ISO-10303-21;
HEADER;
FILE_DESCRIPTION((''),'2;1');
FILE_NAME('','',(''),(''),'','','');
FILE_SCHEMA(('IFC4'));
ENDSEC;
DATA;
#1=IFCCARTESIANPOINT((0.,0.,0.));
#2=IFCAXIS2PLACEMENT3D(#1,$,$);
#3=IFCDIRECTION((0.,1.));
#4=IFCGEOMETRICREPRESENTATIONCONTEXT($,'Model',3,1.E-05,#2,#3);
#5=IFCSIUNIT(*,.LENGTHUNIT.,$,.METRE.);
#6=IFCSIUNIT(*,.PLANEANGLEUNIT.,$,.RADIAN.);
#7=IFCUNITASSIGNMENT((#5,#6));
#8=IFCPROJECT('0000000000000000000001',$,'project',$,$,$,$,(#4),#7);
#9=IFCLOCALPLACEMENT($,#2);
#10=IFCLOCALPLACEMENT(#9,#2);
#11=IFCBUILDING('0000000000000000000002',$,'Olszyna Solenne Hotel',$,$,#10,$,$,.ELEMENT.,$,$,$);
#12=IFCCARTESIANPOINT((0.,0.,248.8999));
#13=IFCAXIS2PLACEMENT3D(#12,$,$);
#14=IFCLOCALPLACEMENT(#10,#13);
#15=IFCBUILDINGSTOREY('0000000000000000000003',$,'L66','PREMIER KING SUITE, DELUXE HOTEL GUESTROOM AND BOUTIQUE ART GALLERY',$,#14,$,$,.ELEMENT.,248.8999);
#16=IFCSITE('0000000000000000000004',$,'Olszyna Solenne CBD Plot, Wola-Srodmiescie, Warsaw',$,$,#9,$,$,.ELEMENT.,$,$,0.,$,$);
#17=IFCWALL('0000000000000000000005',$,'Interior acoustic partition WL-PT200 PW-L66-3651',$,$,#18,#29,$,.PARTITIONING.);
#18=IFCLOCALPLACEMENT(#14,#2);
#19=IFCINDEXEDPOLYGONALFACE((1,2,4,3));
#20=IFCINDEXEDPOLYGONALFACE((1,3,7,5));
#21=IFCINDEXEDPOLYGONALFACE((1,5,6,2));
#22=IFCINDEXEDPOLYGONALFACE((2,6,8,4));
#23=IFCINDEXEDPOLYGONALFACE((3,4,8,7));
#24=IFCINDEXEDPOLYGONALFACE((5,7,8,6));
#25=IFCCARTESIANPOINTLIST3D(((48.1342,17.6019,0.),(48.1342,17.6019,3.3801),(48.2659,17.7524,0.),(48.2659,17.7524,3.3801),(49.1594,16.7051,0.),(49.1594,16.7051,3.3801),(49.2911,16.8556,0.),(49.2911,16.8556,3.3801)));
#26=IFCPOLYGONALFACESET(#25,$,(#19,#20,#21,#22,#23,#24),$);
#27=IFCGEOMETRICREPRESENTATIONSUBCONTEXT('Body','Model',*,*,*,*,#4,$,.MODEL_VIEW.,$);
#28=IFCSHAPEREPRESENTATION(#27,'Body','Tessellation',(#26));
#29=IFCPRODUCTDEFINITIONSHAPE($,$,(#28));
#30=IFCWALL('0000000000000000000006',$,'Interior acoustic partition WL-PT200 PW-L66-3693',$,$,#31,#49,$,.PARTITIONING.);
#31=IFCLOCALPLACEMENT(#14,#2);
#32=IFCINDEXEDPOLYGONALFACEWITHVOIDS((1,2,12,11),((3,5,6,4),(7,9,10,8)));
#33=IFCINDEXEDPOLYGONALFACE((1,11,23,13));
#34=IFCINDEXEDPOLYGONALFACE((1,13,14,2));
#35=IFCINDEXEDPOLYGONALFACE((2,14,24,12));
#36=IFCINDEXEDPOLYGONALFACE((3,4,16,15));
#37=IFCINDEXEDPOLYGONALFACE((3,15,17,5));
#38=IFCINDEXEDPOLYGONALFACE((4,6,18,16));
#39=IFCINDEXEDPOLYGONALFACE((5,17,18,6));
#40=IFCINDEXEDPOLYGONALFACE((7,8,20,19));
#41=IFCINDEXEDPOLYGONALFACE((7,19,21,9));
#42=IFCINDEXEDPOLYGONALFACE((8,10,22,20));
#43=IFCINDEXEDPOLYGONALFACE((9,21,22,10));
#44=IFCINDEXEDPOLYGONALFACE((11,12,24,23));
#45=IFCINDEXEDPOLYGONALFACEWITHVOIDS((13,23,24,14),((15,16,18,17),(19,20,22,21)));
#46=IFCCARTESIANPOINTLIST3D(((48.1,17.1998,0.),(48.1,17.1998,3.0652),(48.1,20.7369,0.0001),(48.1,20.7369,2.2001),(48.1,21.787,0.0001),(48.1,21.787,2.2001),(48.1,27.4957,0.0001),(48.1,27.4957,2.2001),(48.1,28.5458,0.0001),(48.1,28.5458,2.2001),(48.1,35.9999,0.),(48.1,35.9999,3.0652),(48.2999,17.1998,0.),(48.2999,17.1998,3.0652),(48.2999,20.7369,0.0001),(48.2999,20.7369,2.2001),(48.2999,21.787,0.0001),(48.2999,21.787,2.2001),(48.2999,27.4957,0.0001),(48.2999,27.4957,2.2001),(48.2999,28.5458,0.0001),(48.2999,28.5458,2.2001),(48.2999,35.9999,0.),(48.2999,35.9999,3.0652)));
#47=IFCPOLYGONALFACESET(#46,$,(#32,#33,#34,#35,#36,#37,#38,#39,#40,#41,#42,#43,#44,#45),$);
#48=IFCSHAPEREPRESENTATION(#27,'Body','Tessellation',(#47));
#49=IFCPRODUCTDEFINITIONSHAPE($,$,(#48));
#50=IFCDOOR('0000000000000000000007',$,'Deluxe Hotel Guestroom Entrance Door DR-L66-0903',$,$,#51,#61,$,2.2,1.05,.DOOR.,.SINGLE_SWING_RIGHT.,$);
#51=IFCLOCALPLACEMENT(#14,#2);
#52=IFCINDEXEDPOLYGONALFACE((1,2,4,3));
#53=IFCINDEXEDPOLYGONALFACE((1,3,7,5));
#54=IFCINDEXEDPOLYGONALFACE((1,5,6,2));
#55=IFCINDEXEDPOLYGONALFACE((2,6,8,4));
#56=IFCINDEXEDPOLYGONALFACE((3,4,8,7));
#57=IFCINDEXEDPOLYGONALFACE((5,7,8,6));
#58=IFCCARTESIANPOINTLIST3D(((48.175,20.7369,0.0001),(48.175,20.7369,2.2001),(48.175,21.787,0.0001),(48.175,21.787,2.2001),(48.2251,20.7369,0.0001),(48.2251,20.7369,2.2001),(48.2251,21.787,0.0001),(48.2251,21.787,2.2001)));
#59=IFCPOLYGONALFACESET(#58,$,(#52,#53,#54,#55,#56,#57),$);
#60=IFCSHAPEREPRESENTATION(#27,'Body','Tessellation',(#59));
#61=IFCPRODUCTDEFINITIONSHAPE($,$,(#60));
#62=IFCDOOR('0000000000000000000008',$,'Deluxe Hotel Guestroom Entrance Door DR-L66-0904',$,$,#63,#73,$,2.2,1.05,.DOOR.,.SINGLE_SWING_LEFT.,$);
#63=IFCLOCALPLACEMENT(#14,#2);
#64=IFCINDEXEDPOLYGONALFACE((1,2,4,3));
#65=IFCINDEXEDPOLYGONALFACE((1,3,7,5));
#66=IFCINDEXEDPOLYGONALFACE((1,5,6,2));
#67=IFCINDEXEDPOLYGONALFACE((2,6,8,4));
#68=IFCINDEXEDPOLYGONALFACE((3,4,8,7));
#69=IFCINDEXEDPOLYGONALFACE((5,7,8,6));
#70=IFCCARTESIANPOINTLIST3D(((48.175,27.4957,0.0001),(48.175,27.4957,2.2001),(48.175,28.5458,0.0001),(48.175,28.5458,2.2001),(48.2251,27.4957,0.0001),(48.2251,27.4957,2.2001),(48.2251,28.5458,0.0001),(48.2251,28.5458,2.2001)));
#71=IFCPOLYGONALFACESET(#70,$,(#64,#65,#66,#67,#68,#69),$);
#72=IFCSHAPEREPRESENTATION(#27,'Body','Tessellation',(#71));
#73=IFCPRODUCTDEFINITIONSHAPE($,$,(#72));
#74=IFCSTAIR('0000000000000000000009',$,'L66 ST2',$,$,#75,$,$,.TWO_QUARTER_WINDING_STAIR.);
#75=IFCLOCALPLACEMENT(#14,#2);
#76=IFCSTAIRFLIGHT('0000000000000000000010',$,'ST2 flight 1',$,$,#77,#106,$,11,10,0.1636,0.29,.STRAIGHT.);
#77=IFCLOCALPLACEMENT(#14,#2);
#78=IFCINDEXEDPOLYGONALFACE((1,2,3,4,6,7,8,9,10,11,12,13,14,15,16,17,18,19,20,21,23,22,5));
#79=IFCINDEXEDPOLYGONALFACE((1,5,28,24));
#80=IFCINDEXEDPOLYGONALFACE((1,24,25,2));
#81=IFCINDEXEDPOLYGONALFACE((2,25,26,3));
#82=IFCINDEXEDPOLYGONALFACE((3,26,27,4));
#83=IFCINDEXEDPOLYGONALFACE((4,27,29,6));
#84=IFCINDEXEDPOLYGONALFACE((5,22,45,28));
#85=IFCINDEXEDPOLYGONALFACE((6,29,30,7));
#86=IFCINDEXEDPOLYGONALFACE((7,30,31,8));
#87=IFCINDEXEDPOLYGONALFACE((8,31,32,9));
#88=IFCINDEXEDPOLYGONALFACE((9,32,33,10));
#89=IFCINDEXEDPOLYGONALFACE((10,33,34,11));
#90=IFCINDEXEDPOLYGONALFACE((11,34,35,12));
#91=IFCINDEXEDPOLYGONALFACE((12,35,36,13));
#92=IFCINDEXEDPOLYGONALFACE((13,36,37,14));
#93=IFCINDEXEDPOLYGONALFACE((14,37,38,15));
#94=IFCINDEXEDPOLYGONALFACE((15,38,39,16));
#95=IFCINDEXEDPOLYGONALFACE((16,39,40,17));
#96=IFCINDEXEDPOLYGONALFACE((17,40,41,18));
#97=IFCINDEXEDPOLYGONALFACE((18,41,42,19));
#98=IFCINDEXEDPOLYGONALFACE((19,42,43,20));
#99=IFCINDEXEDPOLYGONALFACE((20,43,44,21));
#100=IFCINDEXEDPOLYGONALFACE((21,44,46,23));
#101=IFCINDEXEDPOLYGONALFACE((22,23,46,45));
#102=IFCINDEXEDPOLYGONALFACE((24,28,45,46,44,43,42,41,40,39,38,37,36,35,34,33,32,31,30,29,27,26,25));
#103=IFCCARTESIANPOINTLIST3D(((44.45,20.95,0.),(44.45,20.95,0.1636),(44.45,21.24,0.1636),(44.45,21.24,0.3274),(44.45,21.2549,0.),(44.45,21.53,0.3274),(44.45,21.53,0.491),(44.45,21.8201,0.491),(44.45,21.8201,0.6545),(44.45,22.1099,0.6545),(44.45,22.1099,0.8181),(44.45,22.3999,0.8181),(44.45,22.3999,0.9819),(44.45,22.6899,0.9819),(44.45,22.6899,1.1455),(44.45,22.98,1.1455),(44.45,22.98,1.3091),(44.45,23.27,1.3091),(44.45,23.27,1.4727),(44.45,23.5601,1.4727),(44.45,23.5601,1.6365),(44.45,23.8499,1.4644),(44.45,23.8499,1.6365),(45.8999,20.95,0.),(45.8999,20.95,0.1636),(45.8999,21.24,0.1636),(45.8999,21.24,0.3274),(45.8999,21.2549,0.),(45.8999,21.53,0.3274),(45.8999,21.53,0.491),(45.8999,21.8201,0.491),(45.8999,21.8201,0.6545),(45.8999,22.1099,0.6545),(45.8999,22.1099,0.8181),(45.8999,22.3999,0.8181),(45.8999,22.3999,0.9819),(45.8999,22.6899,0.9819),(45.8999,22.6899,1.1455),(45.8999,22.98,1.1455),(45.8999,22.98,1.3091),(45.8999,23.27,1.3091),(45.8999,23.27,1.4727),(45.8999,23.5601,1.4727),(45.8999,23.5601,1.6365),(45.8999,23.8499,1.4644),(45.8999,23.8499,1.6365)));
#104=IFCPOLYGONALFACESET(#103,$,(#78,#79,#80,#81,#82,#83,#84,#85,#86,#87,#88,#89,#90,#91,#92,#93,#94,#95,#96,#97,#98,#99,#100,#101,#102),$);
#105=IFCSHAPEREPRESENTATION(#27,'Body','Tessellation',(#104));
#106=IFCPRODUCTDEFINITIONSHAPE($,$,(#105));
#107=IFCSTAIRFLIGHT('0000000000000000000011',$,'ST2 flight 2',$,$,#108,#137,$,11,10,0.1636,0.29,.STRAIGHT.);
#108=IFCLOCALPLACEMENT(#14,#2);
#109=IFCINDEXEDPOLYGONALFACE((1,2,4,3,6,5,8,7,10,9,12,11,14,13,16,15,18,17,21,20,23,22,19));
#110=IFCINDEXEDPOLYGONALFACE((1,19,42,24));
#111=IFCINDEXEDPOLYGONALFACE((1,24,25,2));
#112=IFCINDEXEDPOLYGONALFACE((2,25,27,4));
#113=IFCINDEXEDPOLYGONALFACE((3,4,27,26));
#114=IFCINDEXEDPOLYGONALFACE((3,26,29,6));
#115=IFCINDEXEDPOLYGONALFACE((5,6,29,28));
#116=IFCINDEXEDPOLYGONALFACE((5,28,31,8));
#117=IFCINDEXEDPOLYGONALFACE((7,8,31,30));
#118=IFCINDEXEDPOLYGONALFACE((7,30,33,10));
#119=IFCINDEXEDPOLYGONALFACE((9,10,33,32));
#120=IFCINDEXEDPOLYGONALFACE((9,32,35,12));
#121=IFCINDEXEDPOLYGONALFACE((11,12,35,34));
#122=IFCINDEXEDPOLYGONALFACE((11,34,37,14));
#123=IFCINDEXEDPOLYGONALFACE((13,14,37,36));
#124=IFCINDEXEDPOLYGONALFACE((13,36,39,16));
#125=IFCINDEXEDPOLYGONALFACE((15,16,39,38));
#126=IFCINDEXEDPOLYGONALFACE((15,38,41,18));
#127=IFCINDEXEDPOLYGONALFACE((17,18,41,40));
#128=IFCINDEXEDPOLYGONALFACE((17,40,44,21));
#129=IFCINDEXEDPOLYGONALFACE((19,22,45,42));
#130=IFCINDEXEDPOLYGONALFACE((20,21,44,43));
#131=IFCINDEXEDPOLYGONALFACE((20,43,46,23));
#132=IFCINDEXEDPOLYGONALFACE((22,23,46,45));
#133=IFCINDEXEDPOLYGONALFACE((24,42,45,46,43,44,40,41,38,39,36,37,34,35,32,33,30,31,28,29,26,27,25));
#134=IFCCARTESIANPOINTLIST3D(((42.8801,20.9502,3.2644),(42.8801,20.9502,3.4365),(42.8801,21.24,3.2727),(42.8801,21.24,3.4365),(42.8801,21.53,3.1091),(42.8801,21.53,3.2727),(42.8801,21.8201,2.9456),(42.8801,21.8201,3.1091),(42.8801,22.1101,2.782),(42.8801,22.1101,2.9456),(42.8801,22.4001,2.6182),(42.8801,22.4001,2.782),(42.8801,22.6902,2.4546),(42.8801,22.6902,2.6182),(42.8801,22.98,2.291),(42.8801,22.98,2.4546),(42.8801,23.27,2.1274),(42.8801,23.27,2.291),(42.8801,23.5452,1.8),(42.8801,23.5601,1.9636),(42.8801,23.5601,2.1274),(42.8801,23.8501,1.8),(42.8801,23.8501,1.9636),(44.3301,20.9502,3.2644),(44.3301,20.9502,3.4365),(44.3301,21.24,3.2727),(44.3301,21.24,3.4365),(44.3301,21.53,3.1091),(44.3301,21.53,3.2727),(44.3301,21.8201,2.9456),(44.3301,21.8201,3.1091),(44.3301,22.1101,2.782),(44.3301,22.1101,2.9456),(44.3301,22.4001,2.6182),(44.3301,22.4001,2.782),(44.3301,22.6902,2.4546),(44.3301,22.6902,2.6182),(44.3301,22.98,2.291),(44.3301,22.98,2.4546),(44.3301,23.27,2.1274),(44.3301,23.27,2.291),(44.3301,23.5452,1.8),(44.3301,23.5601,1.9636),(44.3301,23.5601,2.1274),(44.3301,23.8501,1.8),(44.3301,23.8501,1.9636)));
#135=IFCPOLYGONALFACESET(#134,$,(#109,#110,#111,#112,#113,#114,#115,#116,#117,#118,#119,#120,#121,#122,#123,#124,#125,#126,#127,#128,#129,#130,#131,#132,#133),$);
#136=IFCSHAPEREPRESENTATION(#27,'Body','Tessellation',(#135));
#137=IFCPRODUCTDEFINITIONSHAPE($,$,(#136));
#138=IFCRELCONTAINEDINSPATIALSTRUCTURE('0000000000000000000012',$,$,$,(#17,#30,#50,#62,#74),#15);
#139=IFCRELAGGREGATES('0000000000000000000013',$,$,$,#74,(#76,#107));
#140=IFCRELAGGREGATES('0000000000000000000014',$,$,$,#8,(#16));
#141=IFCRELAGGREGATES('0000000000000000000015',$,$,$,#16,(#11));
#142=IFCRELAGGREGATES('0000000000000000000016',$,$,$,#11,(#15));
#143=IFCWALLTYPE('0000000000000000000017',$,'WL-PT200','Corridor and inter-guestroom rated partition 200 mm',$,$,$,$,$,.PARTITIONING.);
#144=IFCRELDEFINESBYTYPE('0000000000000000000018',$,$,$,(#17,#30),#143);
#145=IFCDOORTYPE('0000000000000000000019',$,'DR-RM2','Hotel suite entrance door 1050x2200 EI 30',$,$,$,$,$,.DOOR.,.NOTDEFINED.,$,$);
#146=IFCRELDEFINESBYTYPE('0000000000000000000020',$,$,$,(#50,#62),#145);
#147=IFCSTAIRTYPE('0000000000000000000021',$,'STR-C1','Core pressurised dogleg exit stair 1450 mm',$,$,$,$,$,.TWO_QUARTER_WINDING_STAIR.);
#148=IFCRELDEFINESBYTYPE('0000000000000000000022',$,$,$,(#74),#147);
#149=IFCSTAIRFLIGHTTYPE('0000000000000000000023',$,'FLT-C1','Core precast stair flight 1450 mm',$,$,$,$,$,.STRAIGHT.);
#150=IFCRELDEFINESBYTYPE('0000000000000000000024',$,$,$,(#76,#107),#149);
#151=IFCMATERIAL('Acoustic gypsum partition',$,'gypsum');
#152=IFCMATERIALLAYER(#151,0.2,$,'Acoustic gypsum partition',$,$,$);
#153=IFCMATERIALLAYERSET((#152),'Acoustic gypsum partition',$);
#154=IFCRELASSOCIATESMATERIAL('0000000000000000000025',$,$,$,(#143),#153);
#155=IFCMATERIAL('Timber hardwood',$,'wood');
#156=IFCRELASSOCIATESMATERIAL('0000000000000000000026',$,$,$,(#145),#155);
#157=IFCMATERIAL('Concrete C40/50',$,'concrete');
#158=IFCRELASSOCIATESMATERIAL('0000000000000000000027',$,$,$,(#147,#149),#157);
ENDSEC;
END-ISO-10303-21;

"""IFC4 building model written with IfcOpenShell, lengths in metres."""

from ifc_helpers import new_model, si_unit, direction, frame, frame_2d, origin, place, context, subcontext, project, spatial, polyline, rectangle, outline, extrude, source, transform, mapped, material, layer, layer_set, type_object, type_shapes, element, fill, aggregate, save


model = new_model("IFC4")

# Units and contexts
model_context = context("Model", 3, precision=1e-05, world=origin(), true_north=direction((0.0, 1.0)))
body_context = subcontext(model_context, "Body", "Model", "MODEL_VIEW")
ifc_project = project(units=[si_unit("LENGTHUNIT", "METRE"), si_unit("PLANEANGLEUNIT", "RADIAN")], contexts=[model_context])

# Site, building, storey
site_placement = place(None, origin())
site = spatial("IfcSite", under=ifc_project, at=site_placement, Name="Olszyna Solenne CBD Plot, Wola-Srodmiescie, Warsaw", CompositionType="ELEMENT", RefElevation=0.0)
building_placement = place(site_placement, origin())
building = spatial("IfcBuilding", under=site, at=building_placement, Name="Olszyna Solenne Hotel", CompositionType="ELEMENT")
storey_placement = place(building_placement, frame((0.0, 0.0, 248.8999)))
storey = spatial("IfcBuildingStorey", under=building, at=storey_placement, Name="L66", Description="PREMIER KING SUITE, DELUXE HOTEL GUESTROOM AND BOUTIQUE ART GALLERY", CompositionType="ELEMENT", Elevation=248.8999)

# Shared definitions
ifc_material_1 = material(Name="Acoustic gypsum partition", Category="gypsum")

# Shared definitions
ifc_material_2 = material(Name="Timber hardwood", Category="wood")

# Wall
ifc_layer_1 = layer(ifc_material_1, 0.2, Name="Acoustic gypsum partition")
ifc_layer_set_1 = layer_set([ifc_layer_1], Name="Acoustic gypsum partition")
wall_type_1 = type_object("IfcWallType", Name="WL-PT200", Description="Corridor and inter-guestroom rated partition 200 mm", PredefinedType="PARTITIONING", material=ifc_layer_set_1)
wall_1_placement = place(storey_placement, frame((48.2, 17.6772, 0.0), z_axis=(0.0, 0.0, 1.0), x_axis=(0.752677, -0.65839, 0.0)))
element("IfcWall", 1, at=wall_1_placement, inside=storey, type_object=wall_type_1, Name="Interior acoustic partition WL-PT200 PW-L66-3651", PredefinedType="PARTITIONING", context=body_context, shape_type="SweptSolid", body=[
    extrude(rectangle(XDim=1.3621, YDim=0.2, at=frame_2d((0.6812, 0.0))), origin(), (0.0, 0.0, 1.0), 3.3801),
])

# Wall, openings, doors
wall_2_placement = place(storey_placement, frame((48.2, 17.2, 0.0), z_axis=(0.0, 0.0, 1.0), x_axis=(0.0, 1.0, 0.0)))
wall_2 = element("IfcWall", 2, at=wall_2_placement, inside=storey, type_object=wall_type_1, Name="Interior acoustic partition WL-PT200 PW-L66-3693", PredefinedType="PARTITIONING", context=body_context, shape_type="SweptSolid", body=[
    extrude(rectangle(XDim=18.8, YDim=0.2, at=frame_2d((9.3999, 0.0))), origin(), (0.0, 0.0, 1.0), 3.0652),
])
opening_1_placement = place(wall_2_placement, frame((3.5371, 0.0, 0.0)))
opening_1 = element("IfcOpeningElement", 3, at=opening_1_placement, cuts=wall_2, PredefinedType="OPENING", context=body_context, shape_type="SweptSolid", body=[
    extrude(rectangle(XDim=1.05, YDim=2.2, at=frame_2d((0.5249, 1.1001))), frame((0.0, 0.1099, 0.0), z_axis=(0.0, -1.0, 0.0), x_axis=(1.0, 0.0, 0.0)), (0.0, 0.0, 1.0), 0.22),
])
opening_2_placement = place(wall_2_placement, frame((10.2959, 0.0, 0.0)))
opening_2 = element("IfcOpeningElement", 4, at=opening_2_placement, cuts=wall_2, PredefinedType="OPENING", context=body_context, shape_type="SweptSolid", body=[
    extrude(rectangle(XDim=1.05, YDim=2.2, at=frame_2d((0.5249, 1.1001))), frame((0.0, 0.1099, 0.0), z_axis=(0.0, -1.0, 0.0), x_axis=(1.0, 0.0, 0.0)), (0.0, 0.0, 1.0), 0.22),
])
door_type_1 = type_object("IfcDoorType", Name="DR-RM2", Description="Hotel suite entrance door 1050x2200 EI 30", OperationType="NOTDEFINED", PredefinedType="DOOR", material=ifc_material_2)
shared_shape_1 = source(origin(), body_context, "Body", "SweptSolid", [
    extrude(rectangle(XDim=1.05, YDim=2.2, at=frame_2d((0.5249, 1.1001))), frame((0.0, 0.0249, 0.0), z_axis=(0.0, -1.0, 0.0), x_axis=(1.0, 0.0, 0.0)), (0.0, 0.0, 1.0), 0.05),
])
type_shapes(door_type_1, [shared_shape_1])
door_1_placement = place(opening_1_placement, origin())
door_1 = element("IfcDoor", 5, at=door_1_placement, inside=storey, type_object=door_type_1, Name="Deluxe Hotel Guestroom Entrance Door DR-L66-0903", OperationType="SINGLE_SWING_RIGHT", OverallHeight=2.2, OverallWidth=1.05, PredefinedType="DOOR", context=body_context, shape_type="MappedRepresentation", body=[
    mapped(shared_shape_1, transform((0.0, 0.0, 0.0), x_axis=(1.0, 0.0, 0.0), y_axis=(0.0, 1.0, 0.0), z_axis=(0.0, 0.0, 1.0), scale=1.0)),
])
fill(opening_1, door_1)
door_2_placement = place(opening_2_placement, origin())
door_2 = element("IfcDoor", 6, at=door_2_placement, inside=storey, type_object=door_type_1, Name="Deluxe Hotel Guestroom Entrance Door DR-L66-0904", OperationType="SINGLE_SWING_LEFT", OverallHeight=2.2, OverallWidth=1.05, PredefinedType="DOOR", context=body_context, shape_type="MappedRepresentation", body=[
    mapped(shared_shape_1, transform((0.0, 0.0, 0.0), x_axis=(1.0, 0.0, 0.0), y_axis=(0.0, 1.0, 0.0), z_axis=(0.0, 0.0, 1.0), scale=1.0)),
])
fill(opening_2, door_2)

# Stair, stair flights
ifc_material_3 = material(Name="Concrete C40/50", Category="concrete")
stair_type = type_object("IfcStairType", Name="STR-C1", Description="Core pressurised dogleg exit stair 1450 mm", PredefinedType="TWO_QUARTER_WINDING_STAIR", material=ifc_material_3)
stair_placement = place(storey_placement, origin())
stair = element("IfcStair", 7, at=stair_placement, inside=storey, type_object=stair_type, Name="L66 ST2", PredefinedType="TWO_QUARTER_WINDING_STAIR")
stair_flight_type = type_object("IfcStairFlightType", Name="FLT-C1", Description="Core precast stair flight 1450 mm", PredefinedType="STRAIGHT", material=ifc_material_3)
stair_flight_1_placement = place(storey_placement, frame((45.175, 20.95, 0.0), z_axis=(0.0, 0.0, 1.0), x_axis=(0.0, 1.0, 0.0)))
stair_flight_1 = element("IfcStairFlight", 8, at=stair_flight_1_placement, type_object=stair_flight_type, Name="ST2 flight 1", NumberOfRisers=11, NumberOfTreads=10, PredefinedType="STRAIGHT", RiserHeight=0.1636, TreadLength=0.29, context=body_context, shape_type="SweptSolid", body=[
    extrude(outline(polyline([(0.0, 0.0), (0.0, 0.1636), (0.29, 0.1636), (0.29, 0.3274), (0.5801, 0.3274), (0.5801, 0.491), (0.8701, 0.491), (0.8701, 0.6545), (1.1599, 0.6545), (1.1599, 0.8181), (1.45, 0.8181), (1.45, 0.9819), (1.74, 0.9819), (1.74, 1.1455), (2.03, 1.1455), (2.03, 1.3091), (2.3201, 1.3091), (2.3201, 1.4727), (2.6101, 1.4727), (2.6101, 1.6365), (2.8999, 1.6365), (2.8999, 1.8), (2.8999, 1.4644), (0.3049, 0.0), (0.0, 0.0)])), frame((0.0, 0.7251, 0.0), z_axis=(0.0, -1.0, 0.0), x_axis=(1.0, 0.0, 0.0)), (0.0, 0.0, 1.0), 1.45),
])
stair_flight_2_placement = place(storey_placement, frame((43.605, 23.8501, 1.8), z_axis=(0.0, 0.0, 1.0), x_axis=(0.0, -1.0, 0.0)))
stair_flight_2 = element("IfcStairFlight", 9, at=stair_flight_2_placement, type_object=stair_flight_type, Name="ST2 flight 2", NumberOfRisers=11, NumberOfTreads=10, PredefinedType="STRAIGHT", RiserHeight=0.1636, TreadLength=0.29, context=body_context, shape_type="SweptSolid", body=[
    extrude(outline(polyline([(0.0, 0.0), (0.0, 0.1636), (0.29, 0.1636), (0.29, 0.3274), (0.5801, 0.3274), (0.5801, 0.491), (0.8701, 0.491), (0.8701, 0.6545), (1.1599, 0.6545), (1.1599, 0.8181), (1.45, 0.8181), (1.45, 0.9819), (1.74, 0.9819), (1.74, 1.1455), (2.03, 1.1455), (2.03, 1.3091), (2.3201, 1.3091), (2.3201, 1.4727), (2.6101, 1.4727), (2.6101, 1.6365), (2.8999, 1.6365), (2.8999, 1.8), (2.8999, 1.4644), (0.3049, 0.0), (0.0, 0.0)])), frame((0.0, 0.7251, 0.0), z_axis=(0.0, -1.0, 0.0), x_axis=(1.0, 0.0, 0.0)), (0.0, 0.0, 1.0), 1.45),
])
aggregate(stair, [stair_flight_1, stair_flight_2])

save(model, "model.ifc")
